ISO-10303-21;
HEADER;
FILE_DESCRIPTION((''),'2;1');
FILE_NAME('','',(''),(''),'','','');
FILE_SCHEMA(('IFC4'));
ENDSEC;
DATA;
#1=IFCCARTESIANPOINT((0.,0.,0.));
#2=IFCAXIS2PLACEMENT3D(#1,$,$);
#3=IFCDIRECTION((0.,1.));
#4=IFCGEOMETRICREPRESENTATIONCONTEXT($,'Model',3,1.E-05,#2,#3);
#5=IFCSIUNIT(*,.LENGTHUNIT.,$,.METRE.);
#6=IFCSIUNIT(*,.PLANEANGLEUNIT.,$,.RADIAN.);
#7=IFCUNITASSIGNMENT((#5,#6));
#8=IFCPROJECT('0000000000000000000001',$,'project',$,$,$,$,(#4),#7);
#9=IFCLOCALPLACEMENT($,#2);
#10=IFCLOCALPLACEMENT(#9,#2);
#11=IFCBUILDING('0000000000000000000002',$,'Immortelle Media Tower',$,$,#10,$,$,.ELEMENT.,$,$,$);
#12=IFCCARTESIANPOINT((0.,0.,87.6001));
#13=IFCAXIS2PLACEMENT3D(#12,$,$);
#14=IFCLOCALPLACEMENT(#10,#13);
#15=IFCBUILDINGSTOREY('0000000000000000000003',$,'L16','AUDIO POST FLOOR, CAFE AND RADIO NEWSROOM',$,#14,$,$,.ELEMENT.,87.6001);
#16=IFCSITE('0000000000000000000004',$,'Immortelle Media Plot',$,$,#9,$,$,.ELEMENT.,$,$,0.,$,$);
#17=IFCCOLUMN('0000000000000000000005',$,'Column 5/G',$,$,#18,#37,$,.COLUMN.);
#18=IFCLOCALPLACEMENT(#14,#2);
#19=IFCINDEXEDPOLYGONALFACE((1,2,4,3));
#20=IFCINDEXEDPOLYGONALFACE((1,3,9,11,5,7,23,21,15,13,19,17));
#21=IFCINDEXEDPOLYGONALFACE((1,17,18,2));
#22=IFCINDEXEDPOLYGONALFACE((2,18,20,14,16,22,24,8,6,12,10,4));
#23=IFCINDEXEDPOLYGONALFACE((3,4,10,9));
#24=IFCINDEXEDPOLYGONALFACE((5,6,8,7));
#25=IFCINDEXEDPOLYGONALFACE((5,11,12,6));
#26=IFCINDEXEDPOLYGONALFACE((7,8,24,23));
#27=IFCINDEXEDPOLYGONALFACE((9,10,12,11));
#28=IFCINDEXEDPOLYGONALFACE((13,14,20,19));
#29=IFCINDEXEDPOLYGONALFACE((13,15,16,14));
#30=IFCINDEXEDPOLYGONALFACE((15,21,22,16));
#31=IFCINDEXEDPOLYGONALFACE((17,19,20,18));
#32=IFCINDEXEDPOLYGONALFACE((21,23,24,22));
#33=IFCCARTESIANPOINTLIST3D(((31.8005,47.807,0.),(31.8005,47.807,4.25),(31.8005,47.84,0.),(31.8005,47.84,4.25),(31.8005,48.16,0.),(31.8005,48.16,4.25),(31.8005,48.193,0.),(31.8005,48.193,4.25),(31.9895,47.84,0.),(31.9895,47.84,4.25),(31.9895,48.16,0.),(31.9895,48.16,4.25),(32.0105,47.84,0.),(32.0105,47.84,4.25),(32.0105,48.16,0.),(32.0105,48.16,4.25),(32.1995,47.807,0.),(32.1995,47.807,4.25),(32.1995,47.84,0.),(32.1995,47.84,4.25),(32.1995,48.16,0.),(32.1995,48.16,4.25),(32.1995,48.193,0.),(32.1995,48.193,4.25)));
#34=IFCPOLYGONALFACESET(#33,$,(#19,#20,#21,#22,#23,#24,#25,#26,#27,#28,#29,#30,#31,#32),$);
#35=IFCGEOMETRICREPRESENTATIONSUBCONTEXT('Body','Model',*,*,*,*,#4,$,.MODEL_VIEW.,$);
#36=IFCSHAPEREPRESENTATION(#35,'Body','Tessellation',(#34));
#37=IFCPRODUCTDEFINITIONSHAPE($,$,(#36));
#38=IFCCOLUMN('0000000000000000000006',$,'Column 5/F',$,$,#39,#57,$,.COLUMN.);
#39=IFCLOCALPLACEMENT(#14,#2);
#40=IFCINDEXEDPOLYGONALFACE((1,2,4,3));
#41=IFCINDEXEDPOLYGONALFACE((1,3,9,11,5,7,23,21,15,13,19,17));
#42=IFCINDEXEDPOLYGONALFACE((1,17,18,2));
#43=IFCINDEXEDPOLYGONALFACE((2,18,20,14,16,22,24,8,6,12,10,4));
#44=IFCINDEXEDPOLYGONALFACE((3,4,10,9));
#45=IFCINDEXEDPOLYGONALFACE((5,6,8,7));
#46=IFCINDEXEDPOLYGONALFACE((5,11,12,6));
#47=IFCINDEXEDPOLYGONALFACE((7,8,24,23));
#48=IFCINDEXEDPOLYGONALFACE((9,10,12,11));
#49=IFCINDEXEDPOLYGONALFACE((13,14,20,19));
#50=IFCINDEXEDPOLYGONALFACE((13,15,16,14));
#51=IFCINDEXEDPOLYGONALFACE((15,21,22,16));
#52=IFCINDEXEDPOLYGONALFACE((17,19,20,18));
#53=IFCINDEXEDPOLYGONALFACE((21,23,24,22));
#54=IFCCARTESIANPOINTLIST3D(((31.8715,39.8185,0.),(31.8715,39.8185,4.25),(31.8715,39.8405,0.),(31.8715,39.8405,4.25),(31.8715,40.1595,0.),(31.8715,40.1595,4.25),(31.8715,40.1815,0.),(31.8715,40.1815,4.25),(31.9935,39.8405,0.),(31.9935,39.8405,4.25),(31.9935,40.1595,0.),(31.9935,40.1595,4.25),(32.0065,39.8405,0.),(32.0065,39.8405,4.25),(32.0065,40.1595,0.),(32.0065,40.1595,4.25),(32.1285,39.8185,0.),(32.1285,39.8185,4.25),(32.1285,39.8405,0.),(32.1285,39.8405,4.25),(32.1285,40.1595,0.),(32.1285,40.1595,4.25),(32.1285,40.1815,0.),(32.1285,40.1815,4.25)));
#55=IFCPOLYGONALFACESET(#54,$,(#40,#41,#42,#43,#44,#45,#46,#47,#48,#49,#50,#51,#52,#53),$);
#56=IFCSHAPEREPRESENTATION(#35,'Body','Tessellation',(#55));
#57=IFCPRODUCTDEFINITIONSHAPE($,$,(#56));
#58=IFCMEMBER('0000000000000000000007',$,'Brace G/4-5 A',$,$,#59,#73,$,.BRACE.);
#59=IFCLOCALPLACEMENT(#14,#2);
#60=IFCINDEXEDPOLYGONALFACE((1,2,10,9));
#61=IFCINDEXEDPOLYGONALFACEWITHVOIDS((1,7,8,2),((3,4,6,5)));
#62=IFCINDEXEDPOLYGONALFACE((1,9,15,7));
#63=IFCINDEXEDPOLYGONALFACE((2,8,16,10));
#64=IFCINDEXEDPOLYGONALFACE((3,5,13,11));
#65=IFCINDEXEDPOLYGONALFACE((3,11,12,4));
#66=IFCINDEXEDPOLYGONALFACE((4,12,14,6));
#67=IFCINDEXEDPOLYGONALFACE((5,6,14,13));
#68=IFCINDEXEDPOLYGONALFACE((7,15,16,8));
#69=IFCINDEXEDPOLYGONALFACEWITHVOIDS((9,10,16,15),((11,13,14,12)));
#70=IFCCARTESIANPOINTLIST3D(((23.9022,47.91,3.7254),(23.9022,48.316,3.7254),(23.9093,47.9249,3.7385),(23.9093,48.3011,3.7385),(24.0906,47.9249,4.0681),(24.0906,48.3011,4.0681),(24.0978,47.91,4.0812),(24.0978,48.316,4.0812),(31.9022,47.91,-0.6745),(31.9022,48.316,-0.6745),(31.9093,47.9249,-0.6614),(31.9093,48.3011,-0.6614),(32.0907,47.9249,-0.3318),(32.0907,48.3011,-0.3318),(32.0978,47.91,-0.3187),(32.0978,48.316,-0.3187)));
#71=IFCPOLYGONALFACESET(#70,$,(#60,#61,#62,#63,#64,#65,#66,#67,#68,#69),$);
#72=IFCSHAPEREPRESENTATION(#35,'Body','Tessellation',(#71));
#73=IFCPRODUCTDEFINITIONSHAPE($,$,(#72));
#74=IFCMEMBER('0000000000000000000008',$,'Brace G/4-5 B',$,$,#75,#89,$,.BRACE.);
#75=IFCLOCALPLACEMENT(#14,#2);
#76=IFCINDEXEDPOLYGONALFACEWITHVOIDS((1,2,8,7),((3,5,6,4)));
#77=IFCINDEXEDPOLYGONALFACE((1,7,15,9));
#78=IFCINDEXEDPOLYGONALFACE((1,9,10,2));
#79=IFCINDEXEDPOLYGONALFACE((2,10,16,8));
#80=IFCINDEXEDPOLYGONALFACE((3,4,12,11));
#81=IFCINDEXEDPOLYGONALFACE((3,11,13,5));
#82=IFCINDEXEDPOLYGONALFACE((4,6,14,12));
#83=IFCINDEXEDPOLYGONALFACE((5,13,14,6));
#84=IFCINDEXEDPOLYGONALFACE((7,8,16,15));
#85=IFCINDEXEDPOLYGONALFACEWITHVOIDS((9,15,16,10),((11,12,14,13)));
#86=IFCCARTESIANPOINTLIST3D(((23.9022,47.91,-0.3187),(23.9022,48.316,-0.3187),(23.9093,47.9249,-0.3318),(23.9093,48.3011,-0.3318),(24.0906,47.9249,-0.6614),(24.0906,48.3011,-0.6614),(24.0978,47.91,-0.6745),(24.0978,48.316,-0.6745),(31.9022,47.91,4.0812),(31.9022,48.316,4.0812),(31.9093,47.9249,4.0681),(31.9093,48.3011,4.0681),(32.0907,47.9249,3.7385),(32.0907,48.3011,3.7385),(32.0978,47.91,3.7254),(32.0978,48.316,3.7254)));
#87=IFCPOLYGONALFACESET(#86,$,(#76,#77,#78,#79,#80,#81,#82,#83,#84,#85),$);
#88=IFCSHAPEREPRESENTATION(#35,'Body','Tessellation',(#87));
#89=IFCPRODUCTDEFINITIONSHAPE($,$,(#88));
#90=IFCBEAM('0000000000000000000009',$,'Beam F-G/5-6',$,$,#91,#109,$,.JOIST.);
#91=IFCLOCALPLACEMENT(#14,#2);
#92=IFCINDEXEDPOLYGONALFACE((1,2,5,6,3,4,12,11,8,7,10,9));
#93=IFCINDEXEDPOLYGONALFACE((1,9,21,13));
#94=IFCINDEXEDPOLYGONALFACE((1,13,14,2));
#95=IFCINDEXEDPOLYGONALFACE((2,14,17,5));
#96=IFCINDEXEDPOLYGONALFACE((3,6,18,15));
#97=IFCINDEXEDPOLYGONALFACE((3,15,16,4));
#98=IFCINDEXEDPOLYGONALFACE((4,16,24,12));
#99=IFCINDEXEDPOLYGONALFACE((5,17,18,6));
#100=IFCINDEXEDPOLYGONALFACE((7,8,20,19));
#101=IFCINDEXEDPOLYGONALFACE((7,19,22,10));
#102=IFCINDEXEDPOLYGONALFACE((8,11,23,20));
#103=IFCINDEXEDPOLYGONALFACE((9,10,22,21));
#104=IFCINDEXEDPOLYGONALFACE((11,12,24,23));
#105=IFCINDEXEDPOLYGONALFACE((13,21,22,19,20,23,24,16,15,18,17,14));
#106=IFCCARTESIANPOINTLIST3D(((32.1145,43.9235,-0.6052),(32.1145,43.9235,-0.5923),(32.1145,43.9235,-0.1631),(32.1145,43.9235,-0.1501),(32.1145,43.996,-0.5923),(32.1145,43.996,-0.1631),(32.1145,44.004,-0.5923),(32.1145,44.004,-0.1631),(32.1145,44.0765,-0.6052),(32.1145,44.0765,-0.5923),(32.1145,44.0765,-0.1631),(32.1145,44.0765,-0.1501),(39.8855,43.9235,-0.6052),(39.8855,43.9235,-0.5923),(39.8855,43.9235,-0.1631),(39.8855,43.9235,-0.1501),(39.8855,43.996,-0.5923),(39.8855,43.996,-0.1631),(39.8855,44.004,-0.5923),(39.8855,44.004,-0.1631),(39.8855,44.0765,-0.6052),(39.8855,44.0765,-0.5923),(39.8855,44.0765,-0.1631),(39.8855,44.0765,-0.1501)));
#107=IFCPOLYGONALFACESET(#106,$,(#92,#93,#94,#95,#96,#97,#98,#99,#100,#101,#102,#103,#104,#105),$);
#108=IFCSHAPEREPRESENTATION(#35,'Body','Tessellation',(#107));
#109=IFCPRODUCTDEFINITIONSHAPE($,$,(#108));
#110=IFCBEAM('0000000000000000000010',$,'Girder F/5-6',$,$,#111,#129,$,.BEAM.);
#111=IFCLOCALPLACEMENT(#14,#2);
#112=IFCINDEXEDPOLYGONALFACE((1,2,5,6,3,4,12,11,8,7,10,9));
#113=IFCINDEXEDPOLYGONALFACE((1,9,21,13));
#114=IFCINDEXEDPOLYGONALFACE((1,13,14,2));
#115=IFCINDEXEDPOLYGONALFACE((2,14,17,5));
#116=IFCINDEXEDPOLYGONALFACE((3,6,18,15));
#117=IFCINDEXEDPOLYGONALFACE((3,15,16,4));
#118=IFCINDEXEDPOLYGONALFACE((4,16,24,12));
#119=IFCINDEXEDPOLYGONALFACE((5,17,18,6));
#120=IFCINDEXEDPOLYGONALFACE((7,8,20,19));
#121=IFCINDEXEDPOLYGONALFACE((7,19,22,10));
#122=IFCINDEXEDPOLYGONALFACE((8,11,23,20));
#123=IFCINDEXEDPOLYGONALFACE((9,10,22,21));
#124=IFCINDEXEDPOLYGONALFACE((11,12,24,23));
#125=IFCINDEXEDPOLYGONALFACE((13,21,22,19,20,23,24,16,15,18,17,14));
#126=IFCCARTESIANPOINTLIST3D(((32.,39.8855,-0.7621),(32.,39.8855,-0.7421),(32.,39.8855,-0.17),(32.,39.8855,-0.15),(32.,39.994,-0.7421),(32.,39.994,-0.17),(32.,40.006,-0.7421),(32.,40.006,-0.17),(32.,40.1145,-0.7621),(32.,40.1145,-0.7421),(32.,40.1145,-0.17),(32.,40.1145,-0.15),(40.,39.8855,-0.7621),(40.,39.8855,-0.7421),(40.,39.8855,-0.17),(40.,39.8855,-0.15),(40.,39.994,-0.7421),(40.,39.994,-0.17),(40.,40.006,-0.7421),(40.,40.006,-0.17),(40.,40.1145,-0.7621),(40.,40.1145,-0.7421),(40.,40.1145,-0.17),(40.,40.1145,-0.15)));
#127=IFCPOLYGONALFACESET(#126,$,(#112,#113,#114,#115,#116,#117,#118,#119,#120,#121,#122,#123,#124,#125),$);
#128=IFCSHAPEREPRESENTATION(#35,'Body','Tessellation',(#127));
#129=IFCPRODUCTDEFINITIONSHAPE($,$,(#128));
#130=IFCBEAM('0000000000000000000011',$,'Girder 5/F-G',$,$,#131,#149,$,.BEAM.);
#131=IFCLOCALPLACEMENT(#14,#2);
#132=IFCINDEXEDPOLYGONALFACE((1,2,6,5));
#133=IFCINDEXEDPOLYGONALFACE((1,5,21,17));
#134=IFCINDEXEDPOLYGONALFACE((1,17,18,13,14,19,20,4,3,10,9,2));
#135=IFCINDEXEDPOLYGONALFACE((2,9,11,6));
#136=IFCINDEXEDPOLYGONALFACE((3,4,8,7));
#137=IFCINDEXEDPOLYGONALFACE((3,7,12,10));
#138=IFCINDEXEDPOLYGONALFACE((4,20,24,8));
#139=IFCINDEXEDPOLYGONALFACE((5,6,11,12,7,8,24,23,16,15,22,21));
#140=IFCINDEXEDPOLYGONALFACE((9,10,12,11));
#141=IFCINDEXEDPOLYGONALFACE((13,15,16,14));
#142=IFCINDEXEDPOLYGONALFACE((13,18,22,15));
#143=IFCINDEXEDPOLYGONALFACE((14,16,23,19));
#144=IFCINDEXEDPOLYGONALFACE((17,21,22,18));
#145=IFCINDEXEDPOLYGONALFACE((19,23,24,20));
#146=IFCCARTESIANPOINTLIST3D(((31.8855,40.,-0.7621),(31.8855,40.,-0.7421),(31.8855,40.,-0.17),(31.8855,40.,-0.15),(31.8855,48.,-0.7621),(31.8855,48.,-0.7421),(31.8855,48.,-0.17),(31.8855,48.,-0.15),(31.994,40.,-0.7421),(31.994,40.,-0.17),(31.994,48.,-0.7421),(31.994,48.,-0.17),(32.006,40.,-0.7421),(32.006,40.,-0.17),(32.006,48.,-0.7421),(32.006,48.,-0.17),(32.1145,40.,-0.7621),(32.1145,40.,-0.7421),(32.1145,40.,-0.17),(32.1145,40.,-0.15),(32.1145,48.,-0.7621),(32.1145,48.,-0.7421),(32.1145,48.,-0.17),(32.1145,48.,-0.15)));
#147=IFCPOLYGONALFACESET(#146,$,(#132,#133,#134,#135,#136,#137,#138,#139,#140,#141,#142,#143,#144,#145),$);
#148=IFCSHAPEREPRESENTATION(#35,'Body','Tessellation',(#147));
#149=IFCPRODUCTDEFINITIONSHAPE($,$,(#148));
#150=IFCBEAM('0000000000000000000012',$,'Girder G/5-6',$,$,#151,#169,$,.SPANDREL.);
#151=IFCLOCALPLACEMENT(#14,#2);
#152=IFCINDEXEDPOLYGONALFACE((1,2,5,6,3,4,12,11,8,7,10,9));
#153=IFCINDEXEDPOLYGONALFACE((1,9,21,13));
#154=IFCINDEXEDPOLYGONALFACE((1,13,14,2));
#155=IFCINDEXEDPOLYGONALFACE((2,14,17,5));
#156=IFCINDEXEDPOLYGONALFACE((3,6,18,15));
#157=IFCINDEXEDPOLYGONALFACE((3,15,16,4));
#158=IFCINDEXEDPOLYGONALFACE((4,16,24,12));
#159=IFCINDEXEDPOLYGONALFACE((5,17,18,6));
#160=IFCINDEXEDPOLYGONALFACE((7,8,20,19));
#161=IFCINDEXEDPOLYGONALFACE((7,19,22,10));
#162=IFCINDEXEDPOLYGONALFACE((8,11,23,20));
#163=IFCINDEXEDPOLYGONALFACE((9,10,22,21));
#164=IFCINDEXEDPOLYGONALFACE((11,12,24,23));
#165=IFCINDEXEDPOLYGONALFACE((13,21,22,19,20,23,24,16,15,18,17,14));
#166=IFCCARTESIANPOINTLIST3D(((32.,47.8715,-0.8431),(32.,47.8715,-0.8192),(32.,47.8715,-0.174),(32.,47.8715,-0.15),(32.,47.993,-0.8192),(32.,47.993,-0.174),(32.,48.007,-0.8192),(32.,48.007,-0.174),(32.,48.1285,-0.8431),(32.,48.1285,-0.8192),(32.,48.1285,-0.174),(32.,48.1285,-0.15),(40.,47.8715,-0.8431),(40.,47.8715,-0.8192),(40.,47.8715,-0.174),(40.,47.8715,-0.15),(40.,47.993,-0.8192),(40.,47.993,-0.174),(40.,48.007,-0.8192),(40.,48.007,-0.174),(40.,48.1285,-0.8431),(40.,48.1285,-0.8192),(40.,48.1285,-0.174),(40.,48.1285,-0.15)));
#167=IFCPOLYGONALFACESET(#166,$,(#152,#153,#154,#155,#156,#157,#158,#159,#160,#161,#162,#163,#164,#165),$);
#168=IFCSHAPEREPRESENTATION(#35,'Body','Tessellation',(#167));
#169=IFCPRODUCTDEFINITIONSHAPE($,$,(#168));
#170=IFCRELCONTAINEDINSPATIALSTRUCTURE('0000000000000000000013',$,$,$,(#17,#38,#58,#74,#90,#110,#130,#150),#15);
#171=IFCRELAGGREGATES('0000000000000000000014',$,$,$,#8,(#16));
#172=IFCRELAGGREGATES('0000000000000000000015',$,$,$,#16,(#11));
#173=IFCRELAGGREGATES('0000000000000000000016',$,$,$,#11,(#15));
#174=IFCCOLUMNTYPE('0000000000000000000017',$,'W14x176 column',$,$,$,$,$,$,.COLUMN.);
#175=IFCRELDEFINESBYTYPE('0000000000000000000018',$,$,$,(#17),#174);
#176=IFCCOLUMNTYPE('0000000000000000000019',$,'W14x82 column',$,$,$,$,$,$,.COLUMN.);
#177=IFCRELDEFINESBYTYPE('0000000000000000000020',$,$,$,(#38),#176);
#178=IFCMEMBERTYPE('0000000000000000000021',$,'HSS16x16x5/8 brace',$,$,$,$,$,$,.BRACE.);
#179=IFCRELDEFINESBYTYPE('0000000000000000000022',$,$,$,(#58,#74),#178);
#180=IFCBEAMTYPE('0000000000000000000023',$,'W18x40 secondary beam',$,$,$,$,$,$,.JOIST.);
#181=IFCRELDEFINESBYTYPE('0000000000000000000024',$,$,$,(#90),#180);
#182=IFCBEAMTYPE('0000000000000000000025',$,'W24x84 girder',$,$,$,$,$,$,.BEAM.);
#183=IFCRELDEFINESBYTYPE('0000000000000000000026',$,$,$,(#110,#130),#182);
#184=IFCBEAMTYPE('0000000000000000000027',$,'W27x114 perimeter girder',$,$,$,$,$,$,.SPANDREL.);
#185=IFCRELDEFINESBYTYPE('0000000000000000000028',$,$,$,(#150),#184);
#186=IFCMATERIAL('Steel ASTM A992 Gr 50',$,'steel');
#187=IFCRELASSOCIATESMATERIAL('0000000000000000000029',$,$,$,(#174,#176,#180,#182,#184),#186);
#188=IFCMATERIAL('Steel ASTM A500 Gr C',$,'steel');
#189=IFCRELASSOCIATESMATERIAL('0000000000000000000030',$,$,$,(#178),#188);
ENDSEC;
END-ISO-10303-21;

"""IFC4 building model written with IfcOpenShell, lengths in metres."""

from ifc_helpers import new_model, si_unit, direction, frame, origin, origin_2d, place, context, subcontext, project, spatial, hollow_rectangle, i_section, extrude, material, material_profile, profile_set, type_object, element, save


model = new_model("IFC4")

# Units and contexts
model_context = context("Model", 3, precision=1e-05, world=origin(), true_north=direction((0.0, 1.0)))
body_context = subcontext(model_context, "Body", "Model", "MODEL_VIEW")
ifc_project = project(units=[si_unit("LENGTHUNIT", "METRE"), si_unit("PLANEANGLEUNIT", "RADIAN")], contexts=[model_context])

# Site, building, storey
site_placement = place(None, origin())
site = spatial("IfcSite", under=ifc_project, at=site_placement, Name="Immortelle Media Plot", CompositionType="ELEMENT", RefElevation=0.0)
building_placement = place(site_placement, origin())
building = spatial("IfcBuilding", under=site, at=building_placement, Name="Immortelle Media Tower", CompositionType="ELEMENT")
storey_placement = place(building_placement, frame((0.0, 0.0, 87.6001)))
storey = spatial("IfcBuildingStorey", under=building, at=storey_placement, Name="L16", Description="AUDIO POST FLOOR, CAFE AND RADIO NEWSROOM", CompositionType="ELEMENT", Elevation=87.6001)

# Columns
ifc_material_1 = material(Name="Steel ASTM A992 Gr 50", Category="steel")
ifc_material_profile_1 = material_profile(ifc_material_1, i_section(OverallWidth=0.3989, OverallDepth=0.386, WebThickness=0.021, FlangeThickness=0.033, at=origin_2d()), Name="W14x176")
ifc_profile_set_1 = profile_set([ifc_material_profile_1], Name="Steel ASTM A992 Gr 50")
column_type_1 = type_object("IfcColumnType", Name="W14x176 column", PredefinedType="COLUMN", material=ifc_profile_set_1)
column_1_placement = place(storey_placement, frame((32.0, 48.0, 0.0), z_axis=(0.0, 0.0, 1.0), x_axis=(1.0, 0.0, 0.0)))
element("IfcColumn", 1, at=column_1_placement, inside=storey, type_object=column_type_1, Name="Column 5/G", PredefinedType="COLUMN", context=body_context, shape_type="SweptSolid", body=[
    extrude(i_section(OverallWidth=0.3989, OverallDepth=0.386, WebThickness=0.021, FlangeThickness=0.033, at=origin_2d()), origin(), (0.0, 0.0, 1.0), 4.25),
])
ifc_material_profile_2 = material_profile(ifc_material_1, i_section(OverallWidth=0.2571, OverallDepth=0.363, WebThickness=0.0129, FlangeThickness=0.022, at=origin_2d()), Name="W14x82")
ifc_profile_set_2 = profile_set([ifc_material_profile_2], Name="Steel ASTM A992 Gr 50")
column_type_2 = type_object("IfcColumnType", Name="W14x82 column", PredefinedType="COLUMN", material=ifc_profile_set_2)
column_2_placement = place(storey_placement, frame((32.0, 40.0, 0.0), z_axis=(0.0, 0.0, 1.0), x_axis=(1.0, 0.0, 0.0)))
element("IfcColumn", 2, at=column_2_placement, inside=storey, type_object=column_type_2, Name="Column 5/F", PredefinedType="COLUMN", context=body_context, shape_type="SweptSolid", body=[
    extrude(i_section(OverallWidth=0.2571, OverallDepth=0.363, WebThickness=0.0129, FlangeThickness=0.022, at=origin_2d()), origin(), (0.0, 0.0, 1.0), 4.25),
])

# Members
ifc_material_2 = material(Name="Steel ASTM A500 Gr C", Category="steel")
ifc_material_profile_3 = material_profile(ifc_material_2, hollow_rectangle(XDim=0.406, YDim=0.406, WallThickness=0.0149, at=origin_2d()), Name="HSS16x16x5/8 brace")
ifc_profile_set_3 = profile_set([ifc_material_profile_3], Name="Steel ASTM A500 Gr C")
member_type = type_object("IfcMemberType", Name="HSS16x16x5/8 brace", PredefinedType="BRACE", material=ifc_profile_set_3)
for number, where, z_axis, x_axis, name in (
    (3, (32.0, 48.113, -0.4966), (-0.87622, 0.0, 0.481911), (0.0, -1.0, 0.0), "Brace G/4-5 A"),
    (4, (32.0, 48.113, 3.9033), (-0.87622, 0.0, -0.481911), (0.0, -1.0, 0.0), "Brace G/4-5 B"),
):
    element("IfcMember", number, at=place(storey_placement, frame(where, z_axis=z_axis, x_axis=x_axis)), inside=storey, type_object=member_type, Name=name, PredefinedType="BRACE", context=body_context, shape_type="SweptSolid", body=[
        extrude(hollow_rectangle(XDim=0.406, YDim=0.406, WallThickness=0.0149, at=origin_2d()), origin(), (0.0, 0.0, 1.0), 9.1301),
    ])

# Beams
ifc_material_profile_4 = material_profile(ifc_material_1, i_section(OverallWidth=0.1531, OverallDepth=0.4551, WebThickness=0.0081, FlangeThickness=0.0129, at=origin_2d()), Name="W18x40")
ifc_profile_set_4 = profile_set([ifc_material_profile_4], Name="Steel ASTM A992 Gr 50")
beam_type_1 = type_object("IfcBeamType", Name="W18x40 secondary beam", PredefinedType="JOIST", material=ifc_profile_set_4)
beam_1_placement = place(storey_placement, frame((32.1145, 44.0, -0.3777), z_axis=(1.0, 0.0, 0.0), x_axis=(0.0, 1.0, 0.0)))
element("IfcBeam", 5, at=beam_1_placement, inside=storey, type_object=beam_type_1, Name="Beam F-G/5-6", PredefinedType="JOIST", context=body_context, shape_type="SweptSolid", body=[
    extrude(i_section(OverallWidth=0.1531, OverallDepth=0.4551, WebThickness=0.0081, FlangeThickness=0.0129, at=origin_2d()), origin(), (0.0, 0.0, 1.0), 7.771),
])
ifc_material_profile_5 = material_profile(ifc_material_1, i_section(OverallWidth=0.229, OverallDepth=0.6121, WebThickness=0.012, FlangeThickness=0.02, at=origin_2d()), Name="W24x84")
ifc_profile_set_5 = profile_set([ifc_material_profile_5], Name="Steel ASTM A992 Gr 50")
beam_type_2 = type_object("IfcBeamType", Name="W24x84 girder", PredefinedType="BEAM", material=ifc_profile_set_5)
for number, where, z_axis, x_axis, name in (
    (6, (32.0, 40.0, -0.4561), (1.0, 0.0, 0.0), (0.0, 1.0, 0.0), "Girder F/5-6"),
    (7, (32.0, 40.0, -0.4561), (0.0, 1.0, 0.0), (-1.0, 0.0, 0.0), "Girder 5/F-G"),
):
    element("IfcBeam", number, at=place(storey_placement, frame(where, z_axis=z_axis, x_axis=x_axis)), inside=storey, type_object=beam_type_2, Name=name, PredefinedType="BEAM", context=body_context, shape_type="SweptSolid", body=[
        extrude(i_section(OverallWidth=0.229, OverallDepth=0.6121, WebThickness=0.012, FlangeThickness=0.02, at=origin_2d()), origin(), (0.0, 0.0, 1.0), 8.0),
    ])
ifc_material_profile_6 = material_profile(ifc_material_1, i_section(OverallWidth=0.2571, OverallDepth=0.6931, WebThickness=0.0139, FlangeThickness=0.0239, at=origin_2d()), Name="W27x114")
ifc_profile_set_6 = profile_set([ifc_material_profile_6], Name="Steel ASTM A992 Gr 50")
beam_type_3 = type_object("IfcBeamType", Name="W27x114 perimeter girder", PredefinedType="SPANDREL", material=ifc_profile_set_6)
beam_2_placement = place(storey_placement, frame((32.0, 48.0, -0.4966), z_axis=(1.0, 0.0, 0.0), x_axis=(0.0, 1.0, 0.0)))
element("IfcBeam", 8, at=beam_2_placement, inside=storey, type_object=beam_type_3, Name="Girder G/5-6", PredefinedType="SPANDREL", context=body_context, shape_type="SweptSolid", body=[
    extrude(i_section(OverallWidth=0.2571, OverallDepth=0.6931, WebThickness=0.0139, FlangeThickness=0.0239, at=origin_2d()), origin(), (0.0, 0.0, 1.0), 8.0),
])

save(model, "model.ifc")
